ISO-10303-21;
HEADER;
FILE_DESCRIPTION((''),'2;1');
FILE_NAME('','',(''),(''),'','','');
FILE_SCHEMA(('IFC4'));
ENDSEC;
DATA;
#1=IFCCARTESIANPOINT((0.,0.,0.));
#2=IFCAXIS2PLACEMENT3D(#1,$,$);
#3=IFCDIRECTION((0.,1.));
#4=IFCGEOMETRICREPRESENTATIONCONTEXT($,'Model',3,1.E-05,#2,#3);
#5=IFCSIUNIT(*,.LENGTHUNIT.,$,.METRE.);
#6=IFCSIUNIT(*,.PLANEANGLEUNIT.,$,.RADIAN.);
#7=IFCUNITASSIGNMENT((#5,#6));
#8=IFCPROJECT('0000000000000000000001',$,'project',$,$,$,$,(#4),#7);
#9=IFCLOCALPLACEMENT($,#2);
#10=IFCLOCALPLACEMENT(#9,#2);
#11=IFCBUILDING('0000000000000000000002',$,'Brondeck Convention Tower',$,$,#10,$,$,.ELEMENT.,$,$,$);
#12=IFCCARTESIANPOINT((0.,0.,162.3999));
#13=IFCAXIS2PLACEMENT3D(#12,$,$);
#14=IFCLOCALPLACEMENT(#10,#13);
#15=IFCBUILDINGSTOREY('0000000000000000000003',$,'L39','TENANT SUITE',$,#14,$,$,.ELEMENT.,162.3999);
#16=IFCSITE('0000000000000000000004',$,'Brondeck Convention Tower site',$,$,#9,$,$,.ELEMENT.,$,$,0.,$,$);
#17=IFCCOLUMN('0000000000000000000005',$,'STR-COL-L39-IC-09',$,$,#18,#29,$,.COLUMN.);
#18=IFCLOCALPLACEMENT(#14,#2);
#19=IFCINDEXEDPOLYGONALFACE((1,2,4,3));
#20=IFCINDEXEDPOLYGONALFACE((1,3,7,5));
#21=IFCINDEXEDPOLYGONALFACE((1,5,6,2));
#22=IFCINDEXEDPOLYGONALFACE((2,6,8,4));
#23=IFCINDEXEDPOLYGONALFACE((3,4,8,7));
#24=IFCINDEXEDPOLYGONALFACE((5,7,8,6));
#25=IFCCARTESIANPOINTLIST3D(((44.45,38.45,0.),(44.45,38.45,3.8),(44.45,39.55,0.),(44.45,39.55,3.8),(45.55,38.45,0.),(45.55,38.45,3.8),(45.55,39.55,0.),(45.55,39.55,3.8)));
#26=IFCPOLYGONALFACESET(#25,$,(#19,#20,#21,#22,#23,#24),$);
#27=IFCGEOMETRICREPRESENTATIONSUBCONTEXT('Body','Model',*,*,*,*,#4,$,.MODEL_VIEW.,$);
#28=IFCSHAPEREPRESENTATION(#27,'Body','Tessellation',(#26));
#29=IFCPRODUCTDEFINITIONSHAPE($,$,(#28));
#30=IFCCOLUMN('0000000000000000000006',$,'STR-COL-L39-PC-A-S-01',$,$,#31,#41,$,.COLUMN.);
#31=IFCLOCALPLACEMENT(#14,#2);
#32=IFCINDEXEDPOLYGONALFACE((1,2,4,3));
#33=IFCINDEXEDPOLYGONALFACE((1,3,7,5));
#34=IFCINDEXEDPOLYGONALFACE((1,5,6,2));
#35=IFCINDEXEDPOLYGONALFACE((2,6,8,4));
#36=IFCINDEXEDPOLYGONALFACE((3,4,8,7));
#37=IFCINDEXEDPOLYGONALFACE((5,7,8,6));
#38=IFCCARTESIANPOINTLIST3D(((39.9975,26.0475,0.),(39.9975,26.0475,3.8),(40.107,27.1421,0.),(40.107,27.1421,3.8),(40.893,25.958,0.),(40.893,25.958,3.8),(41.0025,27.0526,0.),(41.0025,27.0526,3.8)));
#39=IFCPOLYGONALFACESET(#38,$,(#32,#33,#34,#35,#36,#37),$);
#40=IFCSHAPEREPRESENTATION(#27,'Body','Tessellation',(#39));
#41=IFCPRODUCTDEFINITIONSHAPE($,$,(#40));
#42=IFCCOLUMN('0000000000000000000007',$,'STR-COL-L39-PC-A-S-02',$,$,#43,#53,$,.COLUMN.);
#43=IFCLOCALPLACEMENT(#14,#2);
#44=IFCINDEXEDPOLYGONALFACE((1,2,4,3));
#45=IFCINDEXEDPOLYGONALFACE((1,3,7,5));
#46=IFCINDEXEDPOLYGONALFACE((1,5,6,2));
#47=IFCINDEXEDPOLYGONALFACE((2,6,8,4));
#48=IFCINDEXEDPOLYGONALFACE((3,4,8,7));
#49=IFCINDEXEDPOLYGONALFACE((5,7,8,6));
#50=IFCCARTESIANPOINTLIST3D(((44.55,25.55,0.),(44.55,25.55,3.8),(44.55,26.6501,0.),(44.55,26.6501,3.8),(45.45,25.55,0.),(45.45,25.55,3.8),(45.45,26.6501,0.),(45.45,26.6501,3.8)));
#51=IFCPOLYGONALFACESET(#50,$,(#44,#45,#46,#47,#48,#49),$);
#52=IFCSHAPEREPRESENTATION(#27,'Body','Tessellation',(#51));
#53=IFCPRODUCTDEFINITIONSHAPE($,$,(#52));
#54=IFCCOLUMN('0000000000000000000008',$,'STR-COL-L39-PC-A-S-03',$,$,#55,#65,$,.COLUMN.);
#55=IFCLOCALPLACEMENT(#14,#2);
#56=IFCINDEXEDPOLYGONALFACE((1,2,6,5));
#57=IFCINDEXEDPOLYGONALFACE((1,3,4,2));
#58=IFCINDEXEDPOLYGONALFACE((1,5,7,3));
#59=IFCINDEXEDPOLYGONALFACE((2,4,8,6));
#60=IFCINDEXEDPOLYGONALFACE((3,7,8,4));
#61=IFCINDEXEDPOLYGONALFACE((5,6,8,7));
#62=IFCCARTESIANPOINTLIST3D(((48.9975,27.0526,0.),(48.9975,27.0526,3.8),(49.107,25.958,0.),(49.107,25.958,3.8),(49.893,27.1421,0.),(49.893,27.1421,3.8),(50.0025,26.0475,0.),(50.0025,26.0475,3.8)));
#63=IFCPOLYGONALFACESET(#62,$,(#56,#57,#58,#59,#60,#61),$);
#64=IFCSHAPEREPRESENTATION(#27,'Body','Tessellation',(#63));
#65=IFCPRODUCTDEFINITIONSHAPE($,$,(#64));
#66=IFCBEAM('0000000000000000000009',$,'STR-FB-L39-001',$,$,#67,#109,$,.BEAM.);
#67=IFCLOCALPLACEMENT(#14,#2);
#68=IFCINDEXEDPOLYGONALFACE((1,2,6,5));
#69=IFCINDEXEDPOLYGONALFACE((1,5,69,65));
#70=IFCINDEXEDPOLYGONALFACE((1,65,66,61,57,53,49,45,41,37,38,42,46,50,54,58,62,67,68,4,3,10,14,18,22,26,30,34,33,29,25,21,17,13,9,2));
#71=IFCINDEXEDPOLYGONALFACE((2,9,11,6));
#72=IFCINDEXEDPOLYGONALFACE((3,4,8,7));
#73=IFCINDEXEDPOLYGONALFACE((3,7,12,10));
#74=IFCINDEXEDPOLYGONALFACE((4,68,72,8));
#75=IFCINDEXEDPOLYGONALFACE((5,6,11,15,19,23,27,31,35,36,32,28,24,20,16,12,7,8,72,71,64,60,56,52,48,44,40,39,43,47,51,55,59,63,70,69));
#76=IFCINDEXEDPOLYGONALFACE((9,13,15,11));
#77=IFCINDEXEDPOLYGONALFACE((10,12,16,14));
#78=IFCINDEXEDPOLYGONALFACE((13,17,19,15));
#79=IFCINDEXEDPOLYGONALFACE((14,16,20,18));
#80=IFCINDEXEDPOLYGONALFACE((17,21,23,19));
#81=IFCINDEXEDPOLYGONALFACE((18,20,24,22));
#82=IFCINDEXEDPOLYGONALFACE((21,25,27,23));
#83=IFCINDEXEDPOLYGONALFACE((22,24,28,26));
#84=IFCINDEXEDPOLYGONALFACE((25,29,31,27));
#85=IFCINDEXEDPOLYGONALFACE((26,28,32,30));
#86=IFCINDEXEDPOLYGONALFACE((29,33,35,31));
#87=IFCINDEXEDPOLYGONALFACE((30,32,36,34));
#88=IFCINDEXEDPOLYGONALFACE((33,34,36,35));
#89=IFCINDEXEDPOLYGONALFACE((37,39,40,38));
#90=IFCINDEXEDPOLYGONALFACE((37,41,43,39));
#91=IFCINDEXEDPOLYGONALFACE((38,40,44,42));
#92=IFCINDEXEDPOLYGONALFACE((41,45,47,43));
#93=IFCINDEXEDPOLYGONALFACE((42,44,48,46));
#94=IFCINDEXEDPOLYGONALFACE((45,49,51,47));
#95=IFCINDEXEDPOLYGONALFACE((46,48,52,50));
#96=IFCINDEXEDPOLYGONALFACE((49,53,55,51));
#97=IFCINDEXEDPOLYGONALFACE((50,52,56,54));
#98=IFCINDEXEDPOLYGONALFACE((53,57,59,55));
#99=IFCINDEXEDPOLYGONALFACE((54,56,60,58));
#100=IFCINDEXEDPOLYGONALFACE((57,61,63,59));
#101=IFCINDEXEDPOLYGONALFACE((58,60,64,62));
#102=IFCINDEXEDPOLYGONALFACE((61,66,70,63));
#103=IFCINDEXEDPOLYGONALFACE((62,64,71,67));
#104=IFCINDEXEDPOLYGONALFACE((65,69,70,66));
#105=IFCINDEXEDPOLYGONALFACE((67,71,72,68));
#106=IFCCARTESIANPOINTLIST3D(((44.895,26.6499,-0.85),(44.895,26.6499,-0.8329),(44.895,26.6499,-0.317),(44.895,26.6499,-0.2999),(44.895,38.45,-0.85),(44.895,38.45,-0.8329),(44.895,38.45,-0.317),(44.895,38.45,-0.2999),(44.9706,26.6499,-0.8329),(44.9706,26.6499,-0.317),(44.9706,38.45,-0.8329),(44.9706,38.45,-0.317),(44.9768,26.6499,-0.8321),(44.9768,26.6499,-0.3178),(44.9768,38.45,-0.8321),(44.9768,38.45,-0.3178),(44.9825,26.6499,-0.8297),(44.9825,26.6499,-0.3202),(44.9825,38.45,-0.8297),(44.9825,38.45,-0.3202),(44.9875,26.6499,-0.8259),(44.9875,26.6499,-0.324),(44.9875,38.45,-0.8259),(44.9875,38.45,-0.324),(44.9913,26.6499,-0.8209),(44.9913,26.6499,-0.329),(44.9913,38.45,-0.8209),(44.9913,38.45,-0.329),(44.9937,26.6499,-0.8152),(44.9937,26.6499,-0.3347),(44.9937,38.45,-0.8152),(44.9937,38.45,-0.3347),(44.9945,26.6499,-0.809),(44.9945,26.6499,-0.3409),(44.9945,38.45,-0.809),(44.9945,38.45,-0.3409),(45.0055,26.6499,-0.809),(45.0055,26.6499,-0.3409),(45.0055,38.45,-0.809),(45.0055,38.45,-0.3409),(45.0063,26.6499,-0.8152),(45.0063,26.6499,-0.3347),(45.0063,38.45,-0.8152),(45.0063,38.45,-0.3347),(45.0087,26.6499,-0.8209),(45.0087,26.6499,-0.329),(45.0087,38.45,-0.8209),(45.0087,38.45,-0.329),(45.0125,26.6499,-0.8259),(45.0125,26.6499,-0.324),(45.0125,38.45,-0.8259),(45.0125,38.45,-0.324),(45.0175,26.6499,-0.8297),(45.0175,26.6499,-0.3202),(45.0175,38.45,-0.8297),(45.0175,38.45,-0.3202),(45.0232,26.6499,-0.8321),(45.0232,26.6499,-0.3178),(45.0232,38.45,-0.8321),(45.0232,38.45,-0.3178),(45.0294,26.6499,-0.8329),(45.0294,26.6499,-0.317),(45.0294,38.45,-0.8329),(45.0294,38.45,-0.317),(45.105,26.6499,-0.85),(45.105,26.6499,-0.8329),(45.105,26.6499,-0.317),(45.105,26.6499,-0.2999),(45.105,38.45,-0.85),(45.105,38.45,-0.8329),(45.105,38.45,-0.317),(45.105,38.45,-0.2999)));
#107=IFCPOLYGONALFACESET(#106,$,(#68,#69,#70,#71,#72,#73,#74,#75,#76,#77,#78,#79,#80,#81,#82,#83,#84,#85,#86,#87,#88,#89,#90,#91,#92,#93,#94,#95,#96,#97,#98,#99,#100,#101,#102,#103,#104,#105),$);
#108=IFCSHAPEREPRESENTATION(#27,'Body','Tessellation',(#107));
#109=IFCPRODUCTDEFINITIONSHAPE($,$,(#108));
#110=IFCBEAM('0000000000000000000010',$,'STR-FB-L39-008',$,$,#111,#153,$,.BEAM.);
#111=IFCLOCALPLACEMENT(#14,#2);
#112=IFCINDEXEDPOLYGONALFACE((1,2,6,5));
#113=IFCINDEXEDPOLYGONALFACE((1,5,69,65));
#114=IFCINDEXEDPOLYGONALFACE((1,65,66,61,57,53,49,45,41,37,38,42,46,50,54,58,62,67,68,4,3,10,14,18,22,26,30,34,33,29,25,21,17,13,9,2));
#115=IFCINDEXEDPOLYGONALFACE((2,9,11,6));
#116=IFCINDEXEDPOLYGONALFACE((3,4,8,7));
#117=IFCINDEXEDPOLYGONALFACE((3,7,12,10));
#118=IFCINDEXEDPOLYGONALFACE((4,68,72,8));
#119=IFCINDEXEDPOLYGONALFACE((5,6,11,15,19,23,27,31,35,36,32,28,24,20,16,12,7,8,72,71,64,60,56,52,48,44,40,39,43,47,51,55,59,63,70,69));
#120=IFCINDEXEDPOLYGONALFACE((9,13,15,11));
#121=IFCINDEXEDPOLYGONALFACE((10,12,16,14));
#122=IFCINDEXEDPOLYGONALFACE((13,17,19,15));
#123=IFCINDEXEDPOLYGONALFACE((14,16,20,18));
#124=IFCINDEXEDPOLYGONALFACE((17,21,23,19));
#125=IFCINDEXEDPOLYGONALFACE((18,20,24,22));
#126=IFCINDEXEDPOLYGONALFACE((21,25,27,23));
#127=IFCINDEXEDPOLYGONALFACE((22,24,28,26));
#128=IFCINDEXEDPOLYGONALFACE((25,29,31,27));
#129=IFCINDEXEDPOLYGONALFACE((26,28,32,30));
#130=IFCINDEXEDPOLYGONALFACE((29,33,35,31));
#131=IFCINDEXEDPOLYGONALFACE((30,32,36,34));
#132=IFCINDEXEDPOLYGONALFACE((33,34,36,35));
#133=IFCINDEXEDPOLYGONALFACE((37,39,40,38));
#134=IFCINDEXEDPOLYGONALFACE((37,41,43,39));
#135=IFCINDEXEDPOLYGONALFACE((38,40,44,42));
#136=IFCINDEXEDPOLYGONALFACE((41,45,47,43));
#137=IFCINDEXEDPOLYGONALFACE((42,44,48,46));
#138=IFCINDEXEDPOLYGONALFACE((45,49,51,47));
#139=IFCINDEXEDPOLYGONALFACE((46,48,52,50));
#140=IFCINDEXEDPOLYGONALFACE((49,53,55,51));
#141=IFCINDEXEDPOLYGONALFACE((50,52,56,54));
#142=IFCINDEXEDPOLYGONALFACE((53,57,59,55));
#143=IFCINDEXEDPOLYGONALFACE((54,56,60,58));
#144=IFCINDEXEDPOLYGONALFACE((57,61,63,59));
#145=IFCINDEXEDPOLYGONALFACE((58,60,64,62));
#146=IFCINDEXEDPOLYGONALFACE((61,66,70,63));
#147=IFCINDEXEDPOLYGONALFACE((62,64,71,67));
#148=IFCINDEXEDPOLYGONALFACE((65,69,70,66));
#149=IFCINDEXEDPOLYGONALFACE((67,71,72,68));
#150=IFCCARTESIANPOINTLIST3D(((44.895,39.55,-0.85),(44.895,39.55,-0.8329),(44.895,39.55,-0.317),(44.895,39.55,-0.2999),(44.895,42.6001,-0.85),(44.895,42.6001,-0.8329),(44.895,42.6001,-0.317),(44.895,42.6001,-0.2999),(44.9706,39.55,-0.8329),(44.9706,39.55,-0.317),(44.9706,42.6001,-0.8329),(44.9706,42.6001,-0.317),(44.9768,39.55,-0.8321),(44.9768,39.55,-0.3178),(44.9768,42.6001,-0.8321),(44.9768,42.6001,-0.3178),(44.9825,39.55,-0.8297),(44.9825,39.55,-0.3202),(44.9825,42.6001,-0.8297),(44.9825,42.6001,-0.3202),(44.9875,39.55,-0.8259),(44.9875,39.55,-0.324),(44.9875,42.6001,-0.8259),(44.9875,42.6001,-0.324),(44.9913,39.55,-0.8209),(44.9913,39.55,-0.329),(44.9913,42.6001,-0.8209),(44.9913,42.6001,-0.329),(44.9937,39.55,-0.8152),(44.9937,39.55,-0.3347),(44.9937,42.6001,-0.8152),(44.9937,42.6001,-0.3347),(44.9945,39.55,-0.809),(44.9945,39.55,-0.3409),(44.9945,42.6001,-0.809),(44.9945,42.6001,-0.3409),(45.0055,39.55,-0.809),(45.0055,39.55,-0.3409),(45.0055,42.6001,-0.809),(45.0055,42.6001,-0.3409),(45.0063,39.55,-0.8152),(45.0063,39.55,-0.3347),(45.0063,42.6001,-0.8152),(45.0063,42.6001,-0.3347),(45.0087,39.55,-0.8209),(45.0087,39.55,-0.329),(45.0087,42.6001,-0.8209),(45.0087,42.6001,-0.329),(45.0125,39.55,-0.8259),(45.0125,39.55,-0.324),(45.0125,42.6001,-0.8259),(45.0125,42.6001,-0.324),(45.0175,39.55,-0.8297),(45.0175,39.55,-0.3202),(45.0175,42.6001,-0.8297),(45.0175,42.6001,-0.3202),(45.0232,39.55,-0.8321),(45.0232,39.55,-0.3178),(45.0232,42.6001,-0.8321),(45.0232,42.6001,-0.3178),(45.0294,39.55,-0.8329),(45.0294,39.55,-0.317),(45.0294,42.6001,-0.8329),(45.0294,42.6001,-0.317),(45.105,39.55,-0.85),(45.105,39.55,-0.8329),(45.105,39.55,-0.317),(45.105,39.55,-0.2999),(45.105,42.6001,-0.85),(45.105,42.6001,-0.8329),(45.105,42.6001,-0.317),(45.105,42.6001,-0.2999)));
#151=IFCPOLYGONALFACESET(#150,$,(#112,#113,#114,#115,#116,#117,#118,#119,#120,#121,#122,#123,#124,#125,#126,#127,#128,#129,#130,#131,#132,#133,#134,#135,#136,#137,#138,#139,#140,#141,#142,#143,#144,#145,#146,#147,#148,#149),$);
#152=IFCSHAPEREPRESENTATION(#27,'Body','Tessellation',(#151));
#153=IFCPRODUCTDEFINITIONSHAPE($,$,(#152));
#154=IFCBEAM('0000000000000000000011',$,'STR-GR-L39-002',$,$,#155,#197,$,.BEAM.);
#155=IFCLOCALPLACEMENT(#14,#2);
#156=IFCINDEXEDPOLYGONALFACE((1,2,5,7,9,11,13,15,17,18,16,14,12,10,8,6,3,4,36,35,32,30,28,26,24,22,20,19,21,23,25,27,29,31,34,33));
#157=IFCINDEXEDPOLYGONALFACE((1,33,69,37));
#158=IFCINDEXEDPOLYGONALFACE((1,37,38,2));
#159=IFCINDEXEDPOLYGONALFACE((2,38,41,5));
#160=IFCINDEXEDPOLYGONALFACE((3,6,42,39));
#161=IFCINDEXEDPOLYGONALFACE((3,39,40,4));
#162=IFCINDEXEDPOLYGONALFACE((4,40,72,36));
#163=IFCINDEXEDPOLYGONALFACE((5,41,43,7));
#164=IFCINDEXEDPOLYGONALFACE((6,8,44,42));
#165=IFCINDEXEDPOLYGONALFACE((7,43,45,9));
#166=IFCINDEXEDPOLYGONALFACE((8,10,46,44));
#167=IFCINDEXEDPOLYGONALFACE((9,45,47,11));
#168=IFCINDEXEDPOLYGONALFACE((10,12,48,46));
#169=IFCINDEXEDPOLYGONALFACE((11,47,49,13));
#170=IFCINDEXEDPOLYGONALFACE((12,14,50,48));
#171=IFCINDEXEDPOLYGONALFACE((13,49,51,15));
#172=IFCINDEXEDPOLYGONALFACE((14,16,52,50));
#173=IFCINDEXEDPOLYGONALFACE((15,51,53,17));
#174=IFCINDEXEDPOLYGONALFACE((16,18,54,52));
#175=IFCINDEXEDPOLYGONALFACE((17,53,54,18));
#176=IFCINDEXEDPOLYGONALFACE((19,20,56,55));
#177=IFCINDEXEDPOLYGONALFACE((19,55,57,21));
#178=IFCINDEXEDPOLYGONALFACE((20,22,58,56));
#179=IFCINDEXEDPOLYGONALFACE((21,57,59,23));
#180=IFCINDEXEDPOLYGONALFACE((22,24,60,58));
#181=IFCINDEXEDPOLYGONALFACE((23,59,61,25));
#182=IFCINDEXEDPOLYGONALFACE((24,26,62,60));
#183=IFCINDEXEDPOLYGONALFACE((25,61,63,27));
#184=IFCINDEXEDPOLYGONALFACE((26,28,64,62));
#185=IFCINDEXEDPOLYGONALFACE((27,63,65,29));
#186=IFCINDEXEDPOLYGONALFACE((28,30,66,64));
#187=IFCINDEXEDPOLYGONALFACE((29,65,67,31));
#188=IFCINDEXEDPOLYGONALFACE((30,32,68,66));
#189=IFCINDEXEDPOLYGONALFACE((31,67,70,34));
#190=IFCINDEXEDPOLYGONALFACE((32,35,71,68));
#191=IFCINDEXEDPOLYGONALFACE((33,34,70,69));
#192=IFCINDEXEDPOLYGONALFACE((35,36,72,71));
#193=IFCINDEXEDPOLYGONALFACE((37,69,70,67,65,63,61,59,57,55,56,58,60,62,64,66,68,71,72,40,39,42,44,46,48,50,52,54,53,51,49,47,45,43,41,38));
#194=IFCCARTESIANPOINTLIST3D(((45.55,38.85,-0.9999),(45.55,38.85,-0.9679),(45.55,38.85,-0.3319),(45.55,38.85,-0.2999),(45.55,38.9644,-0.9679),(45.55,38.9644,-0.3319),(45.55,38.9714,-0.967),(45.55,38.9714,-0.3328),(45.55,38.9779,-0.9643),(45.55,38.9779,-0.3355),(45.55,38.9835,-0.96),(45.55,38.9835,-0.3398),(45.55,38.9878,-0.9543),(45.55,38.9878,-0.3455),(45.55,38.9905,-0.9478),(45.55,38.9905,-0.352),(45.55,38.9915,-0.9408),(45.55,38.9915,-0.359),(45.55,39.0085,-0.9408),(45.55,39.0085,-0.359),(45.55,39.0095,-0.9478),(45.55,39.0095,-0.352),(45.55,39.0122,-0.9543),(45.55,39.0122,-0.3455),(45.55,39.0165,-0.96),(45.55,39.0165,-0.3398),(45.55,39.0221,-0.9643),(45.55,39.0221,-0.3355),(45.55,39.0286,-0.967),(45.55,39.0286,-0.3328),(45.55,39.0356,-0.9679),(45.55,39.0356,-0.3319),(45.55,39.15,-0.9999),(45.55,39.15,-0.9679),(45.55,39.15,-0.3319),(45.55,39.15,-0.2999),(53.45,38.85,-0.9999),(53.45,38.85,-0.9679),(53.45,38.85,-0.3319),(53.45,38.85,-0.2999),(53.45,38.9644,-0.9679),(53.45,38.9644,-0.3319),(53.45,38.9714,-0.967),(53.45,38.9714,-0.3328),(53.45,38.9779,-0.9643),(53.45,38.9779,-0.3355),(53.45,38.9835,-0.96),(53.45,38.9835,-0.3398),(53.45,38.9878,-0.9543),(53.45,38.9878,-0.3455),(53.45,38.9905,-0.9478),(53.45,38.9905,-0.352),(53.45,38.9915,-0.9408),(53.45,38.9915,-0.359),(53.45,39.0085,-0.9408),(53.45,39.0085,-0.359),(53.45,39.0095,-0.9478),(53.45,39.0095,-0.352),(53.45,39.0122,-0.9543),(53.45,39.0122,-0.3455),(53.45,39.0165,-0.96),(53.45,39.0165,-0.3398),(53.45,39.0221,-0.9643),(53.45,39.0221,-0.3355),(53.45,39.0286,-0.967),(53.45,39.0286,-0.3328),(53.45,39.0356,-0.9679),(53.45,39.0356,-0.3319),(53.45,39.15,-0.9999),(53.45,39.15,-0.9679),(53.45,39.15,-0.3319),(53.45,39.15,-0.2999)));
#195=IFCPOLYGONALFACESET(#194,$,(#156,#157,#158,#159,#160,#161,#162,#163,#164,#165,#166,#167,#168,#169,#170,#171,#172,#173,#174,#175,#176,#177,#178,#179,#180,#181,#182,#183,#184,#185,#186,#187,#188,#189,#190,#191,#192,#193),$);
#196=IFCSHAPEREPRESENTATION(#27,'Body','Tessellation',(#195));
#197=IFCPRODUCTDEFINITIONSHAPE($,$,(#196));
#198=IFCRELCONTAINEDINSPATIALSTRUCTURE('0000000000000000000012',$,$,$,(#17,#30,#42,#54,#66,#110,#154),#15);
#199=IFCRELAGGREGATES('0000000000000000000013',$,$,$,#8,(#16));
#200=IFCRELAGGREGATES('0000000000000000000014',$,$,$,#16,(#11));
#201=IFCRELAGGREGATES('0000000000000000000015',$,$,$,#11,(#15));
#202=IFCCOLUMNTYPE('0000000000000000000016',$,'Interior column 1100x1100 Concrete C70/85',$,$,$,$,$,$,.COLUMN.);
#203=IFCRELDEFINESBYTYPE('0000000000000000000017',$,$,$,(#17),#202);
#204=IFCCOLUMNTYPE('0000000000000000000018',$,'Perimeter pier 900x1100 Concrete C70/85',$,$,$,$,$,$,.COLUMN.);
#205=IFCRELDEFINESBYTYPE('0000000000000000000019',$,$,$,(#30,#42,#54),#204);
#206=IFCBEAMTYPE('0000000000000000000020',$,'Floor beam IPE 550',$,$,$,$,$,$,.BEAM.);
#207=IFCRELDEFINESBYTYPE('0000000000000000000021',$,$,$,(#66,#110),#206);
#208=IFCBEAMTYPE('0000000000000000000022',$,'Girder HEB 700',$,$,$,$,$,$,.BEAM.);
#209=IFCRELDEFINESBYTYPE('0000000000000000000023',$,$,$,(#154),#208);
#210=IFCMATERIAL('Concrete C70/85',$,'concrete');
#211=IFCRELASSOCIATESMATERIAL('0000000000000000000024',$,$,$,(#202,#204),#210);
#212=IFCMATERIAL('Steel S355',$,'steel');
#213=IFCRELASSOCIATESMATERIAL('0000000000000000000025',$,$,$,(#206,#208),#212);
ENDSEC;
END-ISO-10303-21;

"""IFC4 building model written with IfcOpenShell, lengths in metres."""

from ifc_helpers import new_model, si_unit, direction, frame, origin, origin_2d, place, context, subcontext, project, spatial, rectangle, i_section, extrude, material, material_profile, profile_set, type_object, element, save


model = new_model("IFC4")

# Units and contexts
model_context = context("Model", 3, precision=1e-05, world=origin(), true_north=direction((0.0, 1.0)))
body_context = subcontext(model_context, "Body", "Model", "MODEL_VIEW")
ifc_project = project(units=[si_unit("LENGTHUNIT", "METRE"), si_unit("PLANEANGLEUNIT", "RADIAN")], contexts=[model_context])

# Site, building, storey
site_placement = place(None, origin())
site = spatial("IfcSite", under=ifc_project, at=site_placement, Name="Brondeck Convention Tower site", CompositionType="ELEMENT", RefElevation=0.0)
building_placement = place(site_placement, origin())
building = spatial("IfcBuilding", under=site, at=building_placement, Name="Brondeck Convention Tower", CompositionType="ELEMENT")
storey_placement = place(building_placement, frame((0.0, 0.0, 162.3999)))
storey = spatial("IfcBuildingStorey", under=building, at=storey_placement, Name="L39", Description="TENANT SUITE", CompositionType="ELEMENT", Elevation=162.3999)

# Columns
ifc_material_1 = material(Name="Concrete C70/85", Category="concrete")
ifc_material_profile_1 = material_profile(ifc_material_1, rectangle(XDim=1.1001, YDim=1.1001, at=origin_2d()), Name="Interior column 1100x1100 Concrete C70/85")
ifc_profile_set_1 = profile_set([ifc_material_profile_1], Name="Concrete C70/85")
column_type_1 = type_object("IfcColumnType", Name="Interior column 1100x1100 Concrete C70/85", PredefinedType="COLUMN", material=ifc_profile_set_1)
column_placement = place(storey_placement, frame((45.0, 39.0, 0.0), z_axis=(0.0, 0.0, 1.0), x_axis=(1.0, 0.0, 0.0)))
element("IfcColumn", 1, at=column_placement, inside=storey, type_object=column_type_1, Name="STR-COL-L39-IC-09", PredefinedType="COLUMN", context=body_context, shape_type="SweptSolid", body=[
    extrude(rectangle(XDim=1.1001, YDim=1.1001, at=origin_2d()), origin(), (0.0, 0.0, 1.0), 3.8),
])
ifc_material_profile_2 = material_profile(ifc_material_1, rectangle(XDim=0.8999, YDim=1.1001, at=origin_2d()), Name="Perimeter pier 900x1100 Concrete C70/85")
ifc_profile_set_2 = profile_set([ifc_material_profile_2], Name="Concrete C70/85")
column_type_2 = type_object("IfcColumnType", Name="Perimeter pier 900x1100 Concrete C70/85", PredefinedType="COLUMN", material=ifc_profile_set_2)
for number, where, z_axis, x_axis, name in (
    (2, (40.5, 26.55, 0.0), (0.0, 0.0, 1.0), (0.995037, -0.099504, 0.0), "STR-COL-L39-PC-A-S-01"),
    (3, (45.0, 26.1001, 0.0), (0.0, 0.0, 1.0), (1.0, 0.0, 0.0), "STR-COL-L39-PC-A-S-02"),
    (4, (49.5, 26.55, 0.0), (0.0, 0.0, 1.0), (0.995037, 0.099504, 0.0), "STR-COL-L39-PC-A-S-03"),
):
    element("IfcColumn", number, at=place(storey_placement, frame(where, z_axis=z_axis, x_axis=x_axis)), inside=storey, type_object=column_type_2, Name=name, PredefinedType="COLUMN", context=body_context, shape_type="SweptSolid", body=[
        extrude(rectangle(XDim=0.8999, YDim=1.1001, at=origin_2d()), origin(), (0.0, 0.0, 1.0), 3.8),
    ])

# Beams
ifc_material_2 = material(Name="Steel S355", Category="steel")
ifc_material_profile_3 = material_profile(ifc_material_2, i_section(OverallWidth=0.21, OverallDepth=0.55, WebThickness=0.011, FlangeThickness=0.0171, FilletRadius=0.0239, at=origin_2d()), Name="IPE 550")
ifc_profile_set_3 = profile_set([ifc_material_profile_3], Name="Steel S355")
beam_type_1 = type_object("IfcBeamType", Name="Floor beam IPE 550", PredefinedType="BEAM", material=ifc_profile_set_3)
beam_1_placement = place(storey_placement, frame((45.0, 26.6499, -0.575), z_axis=(0.0, 1.0, 0.0), x_axis=(-1.0, 0.0, 0.0)))
element("IfcBeam", 5, at=beam_1_placement, inside=storey, type_object=beam_type_1, Name="STR-FB-L39-001", PredefinedType="BEAM", context=body_context, shape_type="SweptSolid", body=[
    extrude(i_section(OverallWidth=0.21, OverallDepth=0.55, WebThickness=0.011, FlangeThickness=0.0171, FilletRadius=0.0239, at=origin_2d()), origin(), (0.0, 0.0, 1.0), 11.8),
])
beam_2_placement = place(storey_placement, frame((45.0, 39.55, -0.575), z_axis=(0.0, 1.0, 0.0), x_axis=(-1.0, 0.0, 0.0)))
element("IfcBeam", 6, at=beam_2_placement, inside=storey, type_object=beam_type_1, Name="STR-FB-L39-008", PredefinedType="BEAM", context=body_context, shape_type="SweptSolid", body=[
    extrude(i_section(OverallWidth=0.21, OverallDepth=0.55, WebThickness=0.011, FlangeThickness=0.0171, FilletRadius=0.0239, at=origin_2d()), origin(), (0.0, 0.0, 1.0), 3.05),
])
ifc_material_profile_4 = material_profile(ifc_material_2, i_section(OverallWidth=0.3, OverallDepth=0.7, WebThickness=0.0171, FlangeThickness=0.032, FilletRadius=0.0271, at=origin_2d()), Name="HEB 700")
ifc_profile_set_4 = profile_set([ifc_material_profile_4], Name="Steel S355")
beam_type_2 = type_object("IfcBeamType", Name="Girder HEB 700", PredefinedType="BEAM", material=ifc_profile_set_4)
beam_3_placement = place(storey_placement, frame((45.55, 39.0, -0.6499), z_axis=(1.0, 0.0, 0.0), x_axis=(0.0, 1.0, 0.0)))
element("IfcBeam", 7, at=beam_3_placement, inside=storey, type_object=beam_type_2, Name="STR-GR-L39-002", PredefinedType="BEAM", context=body_context, shape_type="SweptSolid", body=[
    extrude(i_section(OverallWidth=0.3, OverallDepth=0.7, WebThickness=0.0171, FlangeThickness=0.032, FilletRadius=0.0271, at=origin_2d()), origin(), (0.0, 0.0, 1.0), 7.8999),
])

save(model, "model.ifc")
